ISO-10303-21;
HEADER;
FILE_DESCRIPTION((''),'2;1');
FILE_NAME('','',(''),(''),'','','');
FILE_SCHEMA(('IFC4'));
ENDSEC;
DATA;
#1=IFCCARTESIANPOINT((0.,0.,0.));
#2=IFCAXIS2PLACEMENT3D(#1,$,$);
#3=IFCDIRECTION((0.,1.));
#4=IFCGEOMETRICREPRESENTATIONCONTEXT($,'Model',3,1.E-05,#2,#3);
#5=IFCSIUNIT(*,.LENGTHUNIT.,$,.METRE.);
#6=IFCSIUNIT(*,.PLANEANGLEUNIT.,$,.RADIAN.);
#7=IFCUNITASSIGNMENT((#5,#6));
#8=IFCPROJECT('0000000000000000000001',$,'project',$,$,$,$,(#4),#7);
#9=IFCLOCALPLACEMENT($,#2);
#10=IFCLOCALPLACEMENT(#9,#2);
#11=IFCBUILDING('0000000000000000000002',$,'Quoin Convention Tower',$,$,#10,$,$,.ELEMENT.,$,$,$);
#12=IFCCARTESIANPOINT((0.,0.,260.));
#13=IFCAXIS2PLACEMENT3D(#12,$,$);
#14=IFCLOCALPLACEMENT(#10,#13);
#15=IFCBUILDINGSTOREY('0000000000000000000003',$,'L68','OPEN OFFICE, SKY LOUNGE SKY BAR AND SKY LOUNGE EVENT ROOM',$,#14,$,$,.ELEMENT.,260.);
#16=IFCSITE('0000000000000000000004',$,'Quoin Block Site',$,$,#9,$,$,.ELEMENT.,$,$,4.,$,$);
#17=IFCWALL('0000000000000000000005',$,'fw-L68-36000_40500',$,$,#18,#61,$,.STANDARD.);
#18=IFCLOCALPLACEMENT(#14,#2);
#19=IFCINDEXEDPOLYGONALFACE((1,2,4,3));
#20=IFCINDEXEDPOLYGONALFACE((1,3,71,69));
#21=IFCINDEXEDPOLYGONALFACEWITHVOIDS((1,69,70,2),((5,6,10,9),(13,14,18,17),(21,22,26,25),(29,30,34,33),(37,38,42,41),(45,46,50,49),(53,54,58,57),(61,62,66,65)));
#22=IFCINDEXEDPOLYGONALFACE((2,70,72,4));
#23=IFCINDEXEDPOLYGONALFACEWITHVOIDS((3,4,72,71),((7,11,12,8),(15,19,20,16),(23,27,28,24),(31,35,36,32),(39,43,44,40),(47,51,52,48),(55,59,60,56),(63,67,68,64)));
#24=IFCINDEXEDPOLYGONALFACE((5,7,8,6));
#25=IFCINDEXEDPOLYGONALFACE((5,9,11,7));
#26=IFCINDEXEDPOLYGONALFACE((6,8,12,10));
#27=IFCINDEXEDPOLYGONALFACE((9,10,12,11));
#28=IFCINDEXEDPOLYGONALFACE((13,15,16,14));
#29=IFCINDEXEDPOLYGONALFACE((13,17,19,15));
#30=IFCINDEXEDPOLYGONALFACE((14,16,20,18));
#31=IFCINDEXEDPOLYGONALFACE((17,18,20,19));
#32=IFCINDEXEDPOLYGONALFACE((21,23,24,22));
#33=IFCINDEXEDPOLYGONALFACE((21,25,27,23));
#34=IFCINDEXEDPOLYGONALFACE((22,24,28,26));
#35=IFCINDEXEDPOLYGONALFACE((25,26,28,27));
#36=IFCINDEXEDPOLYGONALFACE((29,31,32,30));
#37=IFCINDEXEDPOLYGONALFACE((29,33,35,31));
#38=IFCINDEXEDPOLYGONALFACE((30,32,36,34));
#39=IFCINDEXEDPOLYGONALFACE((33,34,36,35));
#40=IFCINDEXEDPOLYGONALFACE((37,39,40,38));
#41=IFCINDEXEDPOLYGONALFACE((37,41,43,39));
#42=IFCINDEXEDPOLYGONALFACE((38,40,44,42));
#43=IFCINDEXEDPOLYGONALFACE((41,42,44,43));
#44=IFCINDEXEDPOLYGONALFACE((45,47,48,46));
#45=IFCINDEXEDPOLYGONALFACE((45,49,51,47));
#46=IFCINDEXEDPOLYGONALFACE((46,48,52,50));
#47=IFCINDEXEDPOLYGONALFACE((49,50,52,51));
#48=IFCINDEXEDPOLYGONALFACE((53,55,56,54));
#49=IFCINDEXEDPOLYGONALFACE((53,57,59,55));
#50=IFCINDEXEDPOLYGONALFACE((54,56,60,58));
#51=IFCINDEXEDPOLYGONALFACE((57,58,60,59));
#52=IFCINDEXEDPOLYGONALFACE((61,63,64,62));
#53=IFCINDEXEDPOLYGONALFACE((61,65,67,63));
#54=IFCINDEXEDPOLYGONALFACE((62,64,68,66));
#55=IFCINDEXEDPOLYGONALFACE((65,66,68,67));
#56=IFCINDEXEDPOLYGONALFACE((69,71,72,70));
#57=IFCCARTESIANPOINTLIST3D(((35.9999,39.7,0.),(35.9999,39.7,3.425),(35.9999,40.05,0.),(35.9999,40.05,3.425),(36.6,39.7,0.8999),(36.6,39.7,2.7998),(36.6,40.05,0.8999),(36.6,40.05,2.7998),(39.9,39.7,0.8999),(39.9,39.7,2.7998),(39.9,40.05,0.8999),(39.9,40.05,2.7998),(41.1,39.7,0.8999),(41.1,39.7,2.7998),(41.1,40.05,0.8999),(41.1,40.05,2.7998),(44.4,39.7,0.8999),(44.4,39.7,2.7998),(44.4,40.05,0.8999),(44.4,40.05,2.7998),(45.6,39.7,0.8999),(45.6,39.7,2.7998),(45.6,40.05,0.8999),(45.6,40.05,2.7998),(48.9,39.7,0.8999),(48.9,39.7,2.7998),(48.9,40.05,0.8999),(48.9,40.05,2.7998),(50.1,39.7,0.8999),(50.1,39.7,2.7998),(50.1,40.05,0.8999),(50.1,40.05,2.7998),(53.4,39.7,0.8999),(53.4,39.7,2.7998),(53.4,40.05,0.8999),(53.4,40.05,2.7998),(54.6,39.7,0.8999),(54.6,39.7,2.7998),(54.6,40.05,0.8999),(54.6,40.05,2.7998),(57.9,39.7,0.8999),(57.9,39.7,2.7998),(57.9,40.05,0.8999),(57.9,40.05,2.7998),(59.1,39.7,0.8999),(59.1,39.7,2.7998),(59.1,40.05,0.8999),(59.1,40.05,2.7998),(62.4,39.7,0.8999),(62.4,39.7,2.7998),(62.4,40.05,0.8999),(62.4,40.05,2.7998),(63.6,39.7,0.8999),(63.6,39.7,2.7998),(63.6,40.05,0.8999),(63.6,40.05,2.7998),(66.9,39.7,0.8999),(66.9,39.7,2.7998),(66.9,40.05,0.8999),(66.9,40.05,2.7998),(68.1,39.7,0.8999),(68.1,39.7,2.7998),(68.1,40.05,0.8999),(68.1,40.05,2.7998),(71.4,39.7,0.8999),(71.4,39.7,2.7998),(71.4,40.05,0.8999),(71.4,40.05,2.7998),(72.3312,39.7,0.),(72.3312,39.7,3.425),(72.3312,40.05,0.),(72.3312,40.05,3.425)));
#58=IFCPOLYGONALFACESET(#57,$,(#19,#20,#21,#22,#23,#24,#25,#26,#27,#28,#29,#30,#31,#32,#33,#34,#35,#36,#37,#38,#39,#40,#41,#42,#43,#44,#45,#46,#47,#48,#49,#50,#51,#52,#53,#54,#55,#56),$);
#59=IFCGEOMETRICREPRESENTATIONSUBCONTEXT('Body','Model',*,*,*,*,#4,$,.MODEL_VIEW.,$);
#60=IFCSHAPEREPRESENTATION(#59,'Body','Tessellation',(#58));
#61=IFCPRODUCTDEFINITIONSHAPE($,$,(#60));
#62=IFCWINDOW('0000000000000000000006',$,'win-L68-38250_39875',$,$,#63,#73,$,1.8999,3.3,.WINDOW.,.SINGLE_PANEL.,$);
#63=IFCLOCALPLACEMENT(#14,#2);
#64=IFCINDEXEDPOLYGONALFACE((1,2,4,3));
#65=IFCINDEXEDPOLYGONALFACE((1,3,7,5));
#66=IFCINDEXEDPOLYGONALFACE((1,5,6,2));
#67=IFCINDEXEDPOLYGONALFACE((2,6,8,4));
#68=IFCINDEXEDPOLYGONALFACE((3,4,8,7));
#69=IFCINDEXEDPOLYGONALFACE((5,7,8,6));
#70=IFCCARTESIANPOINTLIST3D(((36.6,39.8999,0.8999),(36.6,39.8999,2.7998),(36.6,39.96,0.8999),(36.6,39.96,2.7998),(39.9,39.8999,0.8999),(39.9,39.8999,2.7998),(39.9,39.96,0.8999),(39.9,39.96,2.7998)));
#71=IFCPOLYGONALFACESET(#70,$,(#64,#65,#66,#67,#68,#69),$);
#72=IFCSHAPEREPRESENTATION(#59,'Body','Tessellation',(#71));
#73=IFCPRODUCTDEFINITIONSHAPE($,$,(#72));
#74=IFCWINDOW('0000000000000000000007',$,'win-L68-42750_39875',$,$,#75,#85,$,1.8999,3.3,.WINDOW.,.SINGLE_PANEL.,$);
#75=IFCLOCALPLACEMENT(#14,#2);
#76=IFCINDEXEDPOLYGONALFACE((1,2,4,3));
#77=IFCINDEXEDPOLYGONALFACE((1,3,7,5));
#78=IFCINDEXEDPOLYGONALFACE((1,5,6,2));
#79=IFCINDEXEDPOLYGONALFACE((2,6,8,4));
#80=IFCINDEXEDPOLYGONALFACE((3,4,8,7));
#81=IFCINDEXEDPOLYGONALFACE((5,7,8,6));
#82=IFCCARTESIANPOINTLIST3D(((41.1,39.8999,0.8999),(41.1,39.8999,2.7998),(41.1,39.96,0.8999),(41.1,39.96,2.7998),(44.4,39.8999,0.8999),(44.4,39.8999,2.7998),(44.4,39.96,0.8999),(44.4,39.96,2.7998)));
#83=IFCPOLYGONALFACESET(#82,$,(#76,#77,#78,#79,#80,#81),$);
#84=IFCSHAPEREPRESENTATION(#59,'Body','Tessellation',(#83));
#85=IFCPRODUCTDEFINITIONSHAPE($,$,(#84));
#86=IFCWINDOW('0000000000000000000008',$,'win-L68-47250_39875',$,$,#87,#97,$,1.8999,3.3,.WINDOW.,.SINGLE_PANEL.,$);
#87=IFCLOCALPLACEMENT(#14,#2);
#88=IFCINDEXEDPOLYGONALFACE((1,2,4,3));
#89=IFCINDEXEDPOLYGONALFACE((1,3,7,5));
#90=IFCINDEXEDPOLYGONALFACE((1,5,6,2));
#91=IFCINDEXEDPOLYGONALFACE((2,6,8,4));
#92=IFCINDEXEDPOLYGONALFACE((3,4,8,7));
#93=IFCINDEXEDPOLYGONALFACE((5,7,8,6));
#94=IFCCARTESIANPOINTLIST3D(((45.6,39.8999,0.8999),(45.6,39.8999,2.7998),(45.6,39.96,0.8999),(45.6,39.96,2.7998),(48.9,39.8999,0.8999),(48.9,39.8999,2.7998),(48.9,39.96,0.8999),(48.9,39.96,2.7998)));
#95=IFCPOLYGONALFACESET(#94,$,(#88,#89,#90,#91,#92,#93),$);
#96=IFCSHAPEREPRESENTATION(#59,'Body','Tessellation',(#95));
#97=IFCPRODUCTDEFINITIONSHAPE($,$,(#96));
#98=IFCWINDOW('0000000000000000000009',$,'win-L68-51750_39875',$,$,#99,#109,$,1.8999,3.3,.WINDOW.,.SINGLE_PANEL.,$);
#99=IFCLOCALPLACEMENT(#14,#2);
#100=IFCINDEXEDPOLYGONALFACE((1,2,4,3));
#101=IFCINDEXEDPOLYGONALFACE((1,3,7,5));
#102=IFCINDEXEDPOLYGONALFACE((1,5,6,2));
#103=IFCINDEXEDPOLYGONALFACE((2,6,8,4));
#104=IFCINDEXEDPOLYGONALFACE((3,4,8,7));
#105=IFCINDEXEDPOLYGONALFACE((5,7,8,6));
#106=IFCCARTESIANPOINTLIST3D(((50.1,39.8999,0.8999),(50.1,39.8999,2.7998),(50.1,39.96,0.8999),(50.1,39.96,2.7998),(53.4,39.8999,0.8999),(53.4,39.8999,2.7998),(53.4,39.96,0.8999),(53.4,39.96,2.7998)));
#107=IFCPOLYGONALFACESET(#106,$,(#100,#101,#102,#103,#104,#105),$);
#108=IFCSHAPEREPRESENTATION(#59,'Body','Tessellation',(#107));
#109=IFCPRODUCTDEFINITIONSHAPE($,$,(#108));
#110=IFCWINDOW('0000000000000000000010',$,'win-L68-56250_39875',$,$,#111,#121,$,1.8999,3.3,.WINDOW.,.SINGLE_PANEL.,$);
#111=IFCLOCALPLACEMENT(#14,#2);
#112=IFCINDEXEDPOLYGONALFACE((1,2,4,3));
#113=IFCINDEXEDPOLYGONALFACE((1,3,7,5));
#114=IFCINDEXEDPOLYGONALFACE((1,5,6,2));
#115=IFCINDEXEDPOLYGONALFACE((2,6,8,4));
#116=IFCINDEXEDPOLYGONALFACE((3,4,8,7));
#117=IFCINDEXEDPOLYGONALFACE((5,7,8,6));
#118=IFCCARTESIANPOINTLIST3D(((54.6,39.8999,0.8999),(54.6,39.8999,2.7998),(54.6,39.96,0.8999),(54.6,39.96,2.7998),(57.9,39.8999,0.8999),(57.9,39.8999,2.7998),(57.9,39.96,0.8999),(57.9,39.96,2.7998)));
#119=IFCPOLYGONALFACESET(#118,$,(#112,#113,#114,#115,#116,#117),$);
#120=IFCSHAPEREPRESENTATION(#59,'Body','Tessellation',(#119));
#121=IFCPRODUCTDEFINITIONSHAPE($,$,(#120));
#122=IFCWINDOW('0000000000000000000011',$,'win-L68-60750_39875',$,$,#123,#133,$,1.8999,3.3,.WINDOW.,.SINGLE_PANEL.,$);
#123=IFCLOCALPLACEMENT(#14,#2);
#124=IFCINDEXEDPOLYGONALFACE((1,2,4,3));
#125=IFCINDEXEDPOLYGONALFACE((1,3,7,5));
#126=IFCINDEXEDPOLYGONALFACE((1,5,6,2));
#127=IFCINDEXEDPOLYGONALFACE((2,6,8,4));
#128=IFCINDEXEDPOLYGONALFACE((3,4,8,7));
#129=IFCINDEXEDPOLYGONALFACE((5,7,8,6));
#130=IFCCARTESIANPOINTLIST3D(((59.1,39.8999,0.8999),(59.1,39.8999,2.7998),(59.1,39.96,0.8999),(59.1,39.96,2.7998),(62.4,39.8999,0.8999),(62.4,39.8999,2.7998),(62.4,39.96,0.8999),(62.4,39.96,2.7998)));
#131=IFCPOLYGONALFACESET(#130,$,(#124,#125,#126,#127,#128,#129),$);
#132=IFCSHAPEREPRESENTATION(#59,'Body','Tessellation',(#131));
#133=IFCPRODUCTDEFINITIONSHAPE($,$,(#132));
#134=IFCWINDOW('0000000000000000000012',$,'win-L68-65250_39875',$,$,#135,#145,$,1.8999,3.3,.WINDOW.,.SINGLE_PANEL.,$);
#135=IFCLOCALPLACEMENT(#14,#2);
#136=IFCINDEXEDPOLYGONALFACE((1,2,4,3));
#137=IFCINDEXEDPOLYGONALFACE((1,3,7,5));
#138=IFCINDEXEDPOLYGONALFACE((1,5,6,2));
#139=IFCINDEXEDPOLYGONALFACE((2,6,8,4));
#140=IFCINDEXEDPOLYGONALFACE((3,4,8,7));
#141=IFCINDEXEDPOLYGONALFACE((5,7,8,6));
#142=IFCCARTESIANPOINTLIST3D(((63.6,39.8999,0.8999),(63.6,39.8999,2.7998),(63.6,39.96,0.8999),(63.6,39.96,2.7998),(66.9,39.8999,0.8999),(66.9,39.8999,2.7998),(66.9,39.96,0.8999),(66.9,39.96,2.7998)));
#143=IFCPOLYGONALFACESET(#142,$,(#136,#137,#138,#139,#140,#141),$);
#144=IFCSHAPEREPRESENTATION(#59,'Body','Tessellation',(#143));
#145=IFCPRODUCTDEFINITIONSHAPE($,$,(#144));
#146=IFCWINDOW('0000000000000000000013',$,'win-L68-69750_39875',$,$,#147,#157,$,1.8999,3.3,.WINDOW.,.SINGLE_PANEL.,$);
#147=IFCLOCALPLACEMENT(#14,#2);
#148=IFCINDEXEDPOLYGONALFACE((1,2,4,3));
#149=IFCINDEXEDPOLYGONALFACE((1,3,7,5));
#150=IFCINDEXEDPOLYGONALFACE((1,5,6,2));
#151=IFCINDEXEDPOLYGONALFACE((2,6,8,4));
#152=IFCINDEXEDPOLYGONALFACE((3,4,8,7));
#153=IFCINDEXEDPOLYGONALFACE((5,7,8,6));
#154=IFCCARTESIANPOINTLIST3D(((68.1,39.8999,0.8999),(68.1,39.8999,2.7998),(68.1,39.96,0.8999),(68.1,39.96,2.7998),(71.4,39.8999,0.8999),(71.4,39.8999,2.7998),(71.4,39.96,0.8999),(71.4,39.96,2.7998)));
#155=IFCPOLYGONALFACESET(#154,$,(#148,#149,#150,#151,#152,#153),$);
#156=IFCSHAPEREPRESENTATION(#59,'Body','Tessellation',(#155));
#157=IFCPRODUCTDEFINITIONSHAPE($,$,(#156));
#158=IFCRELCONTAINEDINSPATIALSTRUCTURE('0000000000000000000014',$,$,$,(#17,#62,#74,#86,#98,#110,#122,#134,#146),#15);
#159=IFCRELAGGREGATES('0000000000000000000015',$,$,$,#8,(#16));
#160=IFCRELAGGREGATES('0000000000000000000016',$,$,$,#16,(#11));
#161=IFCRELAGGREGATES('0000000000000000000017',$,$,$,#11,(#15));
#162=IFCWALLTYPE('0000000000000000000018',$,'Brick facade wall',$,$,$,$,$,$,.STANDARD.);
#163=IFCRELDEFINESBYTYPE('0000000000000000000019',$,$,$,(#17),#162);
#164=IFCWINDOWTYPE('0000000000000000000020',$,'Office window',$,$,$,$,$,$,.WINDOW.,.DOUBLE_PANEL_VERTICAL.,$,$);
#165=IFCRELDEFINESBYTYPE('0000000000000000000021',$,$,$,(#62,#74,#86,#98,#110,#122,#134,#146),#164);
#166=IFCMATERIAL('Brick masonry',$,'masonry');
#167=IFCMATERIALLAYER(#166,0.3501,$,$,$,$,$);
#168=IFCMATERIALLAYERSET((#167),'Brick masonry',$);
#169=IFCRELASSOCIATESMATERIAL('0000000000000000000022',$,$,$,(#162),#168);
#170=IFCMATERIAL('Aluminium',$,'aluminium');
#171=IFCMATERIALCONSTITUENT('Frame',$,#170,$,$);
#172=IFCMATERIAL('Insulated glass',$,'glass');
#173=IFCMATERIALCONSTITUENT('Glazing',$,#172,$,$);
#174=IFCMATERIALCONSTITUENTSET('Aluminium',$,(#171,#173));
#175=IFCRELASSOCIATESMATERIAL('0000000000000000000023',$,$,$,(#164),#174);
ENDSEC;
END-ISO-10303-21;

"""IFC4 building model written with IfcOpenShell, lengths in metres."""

from ifc_helpers import new_model, si_unit, direction, frame, frame_2d, origin, place, context, subcontext, project, spatial, rectangle, extrude, material, layer, layer_set, constituent, constituent_set, type_object, element, fill, save


model = new_model("IFC4")

# Units and contexts
model_context = context("Model", 3, precision=1e-05, world=origin(), true_north=direction((0.0, 1.0)))
body_context = subcontext(model_context, "Body", "Model", "MODEL_VIEW")
ifc_project = project(units=[si_unit("LENGTHUNIT", "METRE"), si_unit("PLANEANGLEUNIT", "RADIAN")], contexts=[model_context])

# Site, building, storey
site_placement = place(None, origin())
site = spatial("IfcSite", under=ifc_project, at=site_placement, Name="Quoin Block Site", CompositionType="ELEMENT", RefElevation=4.0)
building_placement = place(site_placement, origin())
building = spatial("IfcBuilding", under=site, at=building_placement, Name="Quoin Convention Tower", CompositionType="ELEMENT")
storey_placement = place(building_placement, frame((0.0, 0.0, 260.0)))
storey = spatial("IfcBuildingStorey", under=building, at=storey_placement, Name="L68", Description="OPEN OFFICE, SKY LOUNGE SKY BAR AND SKY LOUNGE EVENT ROOM", CompositionType="ELEMENT", Elevation=260.0)

# Wall, openings, windows
ifc_material_1 = material(Name="Brick masonry", Category="masonry")
ifc_layer_1 = layer(ifc_material_1, 0.3501)
ifc_layer_set_1 = layer_set([ifc_layer_1], Name="Brick masonry")
wall_type_1 = type_object("IfcWallType", Name="Brick facade wall", PredefinedType="STANDARD", material=ifc_layer_set_1)
wall_1_placement = place(storey_placement, frame((36.0, 39.875, 0.0), z_axis=(0.0, 0.0, 1.0), x_axis=(1.0, 0.0, 0.0)))
wall_1 = element("IfcWall", 1, at=wall_1_placement, inside=storey, type_object=wall_type_1, Name="fw-L68-36000_40500", PredefinedType="STANDARD", context=body_context, shape_type="SweptSolid", body=[
    extrude(rectangle(XDim=36.3313, YDim=0.3501, at=frame_2d((18.1655, 0.0))), origin(), (0.0, 0.0, 1.0), 3.425),
])
opening_1_placement = place(wall_1_placement, frame((0.6001, 0.0, 0.8999)))
opening_1 = element("IfcOpeningElement", 2, at=opening_1_placement, cuts=wall_1, PredefinedType="OPENING", context=body_context, shape_type="SweptSolid", body=[
    extrude(rectangle(XDim=3.3, YDim=1.8999, at=frame_2d((1.6499, 0.95))), frame((0.0, 0.1851, 0.0), z_axis=(0.0, -1.0, 0.0), x_axis=(1.0, 0.0, 0.0)), (0.0, 0.0, 1.0), 0.3701),
])
opening_2_placement = place(wall_1_placement, frame((5.1001, 0.0, 0.8999)))
opening_2 = element("IfcOpeningElement", 3, at=opening_2_placement, cuts=wall_1, PredefinedType="OPENING", context=body_context, shape_type="SweptSolid", body=[
    extrude(rectangle(XDim=3.3, YDim=1.8999, at=frame_2d((1.6499, 0.95))), frame((0.0, 0.1851, 0.0), z_axis=(0.0, -1.0, 0.0), x_axis=(1.0, 0.0, 0.0)), (0.0, 0.0, 1.0), 0.3701),
])
opening_3_placement = place(wall_1_placement, frame((9.6001, 0.0, 0.8999)))
opening_3 = element("IfcOpeningElement", 4, at=opening_3_placement, cuts=wall_1, PredefinedType="OPENING", context=body_context, shape_type="SweptSolid", body=[
    extrude(rectangle(XDim=3.3, YDim=1.8999, at=frame_2d((1.6499, 0.95))), frame((0.0, 0.1851, 0.0), z_axis=(0.0, -1.0, 0.0), x_axis=(1.0, 0.0, 0.0)), (0.0, 0.0, 1.0), 0.3701),
])
opening_4_placement = place(wall_1_placement, frame((14.1001, 0.0, 0.8999)))
opening_4 = element("IfcOpeningElement", 5, at=opening_4_placement, cuts=wall_1, PredefinedType="OPENING", context=body_context, shape_type="SweptSolid", body=[
    extrude(rectangle(XDim=3.3, YDim=1.8999, at=frame_2d((1.6499, 0.95))), frame((0.0, 0.1851, 0.0), z_axis=(0.0, -1.0, 0.0), x_axis=(1.0, 0.0, 0.0)), (0.0, 0.0, 1.0), 0.3701),
])
opening_5_placement = place(wall_1_placement, frame((18.6001, 0.0, 0.8999)))
opening_5 = element("IfcOpeningElement", 6, at=opening_5_placement, cuts=wall_1, PredefinedType="OPENING", context=body_context, shape_type="SweptSolid", body=[
    extrude(rectangle(XDim=3.3, YDim=1.8999, at=frame_2d((1.6499, 0.95))), frame((0.0, 0.1851, 0.0), z_axis=(0.0, -1.0, 0.0), x_axis=(1.0, 0.0, 0.0)), (0.0, 0.0, 1.0), 0.3701),
])
opening_6_placement = place(wall_1_placement, frame((23.1001, 0.0, 0.8999)))
opening_6 = element("IfcOpeningElement", 7, at=opening_6_placement, cuts=wall_1, PredefinedType="OPENING", context=body_context, shape_type="SweptSolid", body=[
    extrude(rectangle(XDim=3.3, YDim=1.8999, at=frame_2d((1.6499, 0.95))), frame((0.0, 0.1851, 0.0), z_axis=(0.0, -1.0, 0.0), x_axis=(1.0, 0.0, 0.0)), (0.0, 0.0, 1.0), 0.3701),
])
opening_7_placement = place(wall_1_placement, frame((27.6001, 0.0, 0.8999)))
opening_7 = element("IfcOpeningElement", 8, at=opening_7_placement, cuts=wall_1, PredefinedType="OPENING", context=body_context, shape_type="SweptSolid", body=[
    extrude(rectangle(XDim=3.3, YDim=1.8999, at=frame_2d((1.6499, 0.95))), frame((0.0, 0.1851, 0.0), z_axis=(0.0, -1.0, 0.0), x_axis=(1.0, 0.0, 0.0)), (0.0, 0.0, 1.0), 0.3701),
])
opening_8_placement = place(wall_1_placement, frame((32.1001, 0.0, 0.8999)))
opening_8 = element("IfcOpeningElement", 9, at=opening_8_placement, cuts=wall_1, PredefinedType="OPENING", context=body_context, shape_type="SweptSolid", body=[
    extrude(rectangle(XDim=3.3, YDim=1.8999, at=frame_2d((1.6499, 0.95))), frame((0.0, 0.1851, 0.0), z_axis=(0.0, -1.0, 0.0), x_axis=(1.0, 0.0, 0.0)), (0.0, 0.0, 1.0), 0.3701),
])
ifc_material_2 = material(Name="Aluminium", Category="aluminium")
ifc_constituent_1 = constituent(ifc_material_2, Name="Frame")
ifc_material_3 = material(Name="Insulated glass", Category="glass")
ifc_constituent_2 = constituent(ifc_material_3, Name="Glazing")
ifc_constituent_set = constituent_set(constituents=[ifc_constituent_1, ifc_constituent_2], Name="Aluminium")
window_type = type_object("IfcWindowType", Name="Office window", PartitioningType="DOUBLE_PANEL_VERTICAL", PredefinedType="WINDOW", material=ifc_constituent_set)
window_1_placement = place(opening_1_placement, origin())
window_1 = element("IfcWindow", 10, at=window_1_placement, inside=storey, type_object=window_type, Name="win-L68-38250_39875", OverallHeight=1.8999, OverallWidth=3.3, PartitioningType="SINGLE_PANEL", PredefinedType="WINDOW", context=body_context, shape_type="SweptSolid", body=[
    extrude(rectangle(XDim=3.3, YDim=1.8999, at=frame_2d((1.6499, 0.95))), frame((0.0, 0.085, 0.0), z_axis=(0.0, -1.0, 0.0), x_axis=(1.0, 0.0, 0.0)), (0.0, 0.0, 1.0), 0.0601),
])
fill(opening_1, window_1)
window_2_placement = place(opening_2_placement, origin())
window_2 = element("IfcWindow", 11, at=window_2_placement, inside=storey, type_object=window_type, Name="win-L68-42750_39875", OverallHeight=1.8999, OverallWidth=3.3, PartitioningType="SINGLE_PANEL", PredefinedType="WINDOW", context=body_context, shape_type="SweptSolid", body=[
    extrude(rectangle(XDim=3.3, YDim=1.8999, at=frame_2d((1.6499, 0.95))), frame((0.0, 0.085, 0.0), z_axis=(0.0, -1.0, 0.0), x_axis=(1.0, 0.0, 0.0)), (0.0, 0.0, 1.0), 0.0601),
])
fill(opening_2, window_2)
window_3_placement = place(opening_3_placement, origin())
window_3 = element("IfcWindow", 12, at=window_3_placement, inside=storey, type_object=window_type, Name="win-L68-47250_39875", OverallHeight=1.8999, OverallWidth=3.3, PartitioningType="SINGLE_PANEL", PredefinedType="WINDOW", context=body_context, shape_type="SweptSolid", body=[
    extrude(rectangle(XDim=3.3, YDim=1.8999, at=frame_2d((1.6499, 0.95))), frame((0.0, 0.085, 0.0), z_axis=(0.0, -1.0, 0.0), x_axis=(1.0, 0.0, 0.0)), (0.0, 0.0, 1.0), 0.0601),
])
fill(opening_3, window_3)
window_4_placement = place(opening_4_placement, origin())
window_4 = element("IfcWindow", 13, at=window_4_placement, inside=storey, type_object=window_type, Name="win-L68-51750_39875", OverallHeight=1.8999, OverallWidth=3.3, PartitioningType="SINGLE_PANEL", PredefinedType="WINDOW", context=body_context, shape_type="SweptSolid", body=[
    extrude(rectangle(XDim=3.3, YDim=1.8999, at=frame_2d((1.6499, 0.95))), frame((0.0, 0.085, 0.0), z_axis=(0.0, -1.0, 0.0), x_axis=(1.0, 0.0, 0.0)), (0.0, 0.0, 1.0), 0.0601),
])
fill(opening_4, window_4)
window_5_placement = place(opening_5_placement, origin())
window_5 = element("IfcWindow", 14, at=window_5_placement, inside=storey, type_object=window_type, Name="win-L68-56250_39875", OverallHeight=1.8999, OverallWidth=3.3, PartitioningType="SINGLE_PANEL", PredefinedType="WINDOW", context=body_context, shape_type="SweptSolid", body=[
    extrude(rectangle(XDim=3.3, YDim=1.8999, at=frame_2d((1.6499, 0.95))), frame((0.0, 0.085, 0.0), z_axis=(0.0, -1.0, 0.0), x_axis=(1.0, 0.0, 0.0)), (0.0, 0.0, 1.0), 0.0601),
])
fill(opening_5, window_5)
window_6_placement = place(opening_6_placement, origin())
window_6 = element("IfcWindow", 15, at=window_6_placement, inside=storey, type_object=window_type, Name="win-L68-60750_39875", OverallHeight=1.8999, OverallWidth=3.3, PartitioningType="SINGLE_PANEL", PredefinedType="WINDOW", context=body_context, shape_type="SweptSolid", body=[
    extrude(rectangle(XDim=3.3, YDim=1.8999, at=frame_2d((1.6499, 0.95))), frame((0.0, 0.085, 0.0), z_axis=(0.0, -1.0, 0.0), x_axis=(1.0, 0.0, 0.0)), (0.0, 0.0, 1.0), 0.0601),
])
fill(opening_6, window_6)
window_7_placement = place(opening_7_placement, origin())
window_7 = element("IfcWindow", 16, at=window_7_placement, inside=storey, type_object=window_type, Name="win-L68-65250_39875", OverallHeight=1.8999, OverallWidth=3.3, PartitioningType="SINGLE_PANEL", PredefinedType="WINDOW", context=body_context, shape_type="SweptSolid", body=[
    extrude(rectangle(XDim=3.3, YDim=1.8999, at=frame_2d((1.6499, 0.95))), frame((0.0, 0.085, 0.0), z_axis=(0.0, -1.0, 0.0), x_axis=(1.0, 0.0, 0.0)), (0.0, 0.0, 1.0), 0.0601),
])
fill(opening_7, window_7)
window_8_placement = place(opening_8_placement, origin())
window_8 = element("IfcWindow", 17, at=window_8_placement, inside=storey, type_object=window_type, Name="win-L68-69750_39875", OverallHeight=1.8999, OverallWidth=3.3, PartitioningType="SINGLE_PANEL", PredefinedType="WINDOW", context=body_context, shape_type="SweptSolid", body=[
    extrude(rectangle(XDim=3.3, YDim=1.8999, at=frame_2d((1.6499, 0.95))), frame((0.0, 0.085, 0.0), z_axis=(0.0, -1.0, 0.0), x_axis=(1.0, 0.0, 0.0)), (0.0, 0.0, 1.0), 0.0601),
])
fill(opening_8, window_8)

save(model, "model.ifc")
